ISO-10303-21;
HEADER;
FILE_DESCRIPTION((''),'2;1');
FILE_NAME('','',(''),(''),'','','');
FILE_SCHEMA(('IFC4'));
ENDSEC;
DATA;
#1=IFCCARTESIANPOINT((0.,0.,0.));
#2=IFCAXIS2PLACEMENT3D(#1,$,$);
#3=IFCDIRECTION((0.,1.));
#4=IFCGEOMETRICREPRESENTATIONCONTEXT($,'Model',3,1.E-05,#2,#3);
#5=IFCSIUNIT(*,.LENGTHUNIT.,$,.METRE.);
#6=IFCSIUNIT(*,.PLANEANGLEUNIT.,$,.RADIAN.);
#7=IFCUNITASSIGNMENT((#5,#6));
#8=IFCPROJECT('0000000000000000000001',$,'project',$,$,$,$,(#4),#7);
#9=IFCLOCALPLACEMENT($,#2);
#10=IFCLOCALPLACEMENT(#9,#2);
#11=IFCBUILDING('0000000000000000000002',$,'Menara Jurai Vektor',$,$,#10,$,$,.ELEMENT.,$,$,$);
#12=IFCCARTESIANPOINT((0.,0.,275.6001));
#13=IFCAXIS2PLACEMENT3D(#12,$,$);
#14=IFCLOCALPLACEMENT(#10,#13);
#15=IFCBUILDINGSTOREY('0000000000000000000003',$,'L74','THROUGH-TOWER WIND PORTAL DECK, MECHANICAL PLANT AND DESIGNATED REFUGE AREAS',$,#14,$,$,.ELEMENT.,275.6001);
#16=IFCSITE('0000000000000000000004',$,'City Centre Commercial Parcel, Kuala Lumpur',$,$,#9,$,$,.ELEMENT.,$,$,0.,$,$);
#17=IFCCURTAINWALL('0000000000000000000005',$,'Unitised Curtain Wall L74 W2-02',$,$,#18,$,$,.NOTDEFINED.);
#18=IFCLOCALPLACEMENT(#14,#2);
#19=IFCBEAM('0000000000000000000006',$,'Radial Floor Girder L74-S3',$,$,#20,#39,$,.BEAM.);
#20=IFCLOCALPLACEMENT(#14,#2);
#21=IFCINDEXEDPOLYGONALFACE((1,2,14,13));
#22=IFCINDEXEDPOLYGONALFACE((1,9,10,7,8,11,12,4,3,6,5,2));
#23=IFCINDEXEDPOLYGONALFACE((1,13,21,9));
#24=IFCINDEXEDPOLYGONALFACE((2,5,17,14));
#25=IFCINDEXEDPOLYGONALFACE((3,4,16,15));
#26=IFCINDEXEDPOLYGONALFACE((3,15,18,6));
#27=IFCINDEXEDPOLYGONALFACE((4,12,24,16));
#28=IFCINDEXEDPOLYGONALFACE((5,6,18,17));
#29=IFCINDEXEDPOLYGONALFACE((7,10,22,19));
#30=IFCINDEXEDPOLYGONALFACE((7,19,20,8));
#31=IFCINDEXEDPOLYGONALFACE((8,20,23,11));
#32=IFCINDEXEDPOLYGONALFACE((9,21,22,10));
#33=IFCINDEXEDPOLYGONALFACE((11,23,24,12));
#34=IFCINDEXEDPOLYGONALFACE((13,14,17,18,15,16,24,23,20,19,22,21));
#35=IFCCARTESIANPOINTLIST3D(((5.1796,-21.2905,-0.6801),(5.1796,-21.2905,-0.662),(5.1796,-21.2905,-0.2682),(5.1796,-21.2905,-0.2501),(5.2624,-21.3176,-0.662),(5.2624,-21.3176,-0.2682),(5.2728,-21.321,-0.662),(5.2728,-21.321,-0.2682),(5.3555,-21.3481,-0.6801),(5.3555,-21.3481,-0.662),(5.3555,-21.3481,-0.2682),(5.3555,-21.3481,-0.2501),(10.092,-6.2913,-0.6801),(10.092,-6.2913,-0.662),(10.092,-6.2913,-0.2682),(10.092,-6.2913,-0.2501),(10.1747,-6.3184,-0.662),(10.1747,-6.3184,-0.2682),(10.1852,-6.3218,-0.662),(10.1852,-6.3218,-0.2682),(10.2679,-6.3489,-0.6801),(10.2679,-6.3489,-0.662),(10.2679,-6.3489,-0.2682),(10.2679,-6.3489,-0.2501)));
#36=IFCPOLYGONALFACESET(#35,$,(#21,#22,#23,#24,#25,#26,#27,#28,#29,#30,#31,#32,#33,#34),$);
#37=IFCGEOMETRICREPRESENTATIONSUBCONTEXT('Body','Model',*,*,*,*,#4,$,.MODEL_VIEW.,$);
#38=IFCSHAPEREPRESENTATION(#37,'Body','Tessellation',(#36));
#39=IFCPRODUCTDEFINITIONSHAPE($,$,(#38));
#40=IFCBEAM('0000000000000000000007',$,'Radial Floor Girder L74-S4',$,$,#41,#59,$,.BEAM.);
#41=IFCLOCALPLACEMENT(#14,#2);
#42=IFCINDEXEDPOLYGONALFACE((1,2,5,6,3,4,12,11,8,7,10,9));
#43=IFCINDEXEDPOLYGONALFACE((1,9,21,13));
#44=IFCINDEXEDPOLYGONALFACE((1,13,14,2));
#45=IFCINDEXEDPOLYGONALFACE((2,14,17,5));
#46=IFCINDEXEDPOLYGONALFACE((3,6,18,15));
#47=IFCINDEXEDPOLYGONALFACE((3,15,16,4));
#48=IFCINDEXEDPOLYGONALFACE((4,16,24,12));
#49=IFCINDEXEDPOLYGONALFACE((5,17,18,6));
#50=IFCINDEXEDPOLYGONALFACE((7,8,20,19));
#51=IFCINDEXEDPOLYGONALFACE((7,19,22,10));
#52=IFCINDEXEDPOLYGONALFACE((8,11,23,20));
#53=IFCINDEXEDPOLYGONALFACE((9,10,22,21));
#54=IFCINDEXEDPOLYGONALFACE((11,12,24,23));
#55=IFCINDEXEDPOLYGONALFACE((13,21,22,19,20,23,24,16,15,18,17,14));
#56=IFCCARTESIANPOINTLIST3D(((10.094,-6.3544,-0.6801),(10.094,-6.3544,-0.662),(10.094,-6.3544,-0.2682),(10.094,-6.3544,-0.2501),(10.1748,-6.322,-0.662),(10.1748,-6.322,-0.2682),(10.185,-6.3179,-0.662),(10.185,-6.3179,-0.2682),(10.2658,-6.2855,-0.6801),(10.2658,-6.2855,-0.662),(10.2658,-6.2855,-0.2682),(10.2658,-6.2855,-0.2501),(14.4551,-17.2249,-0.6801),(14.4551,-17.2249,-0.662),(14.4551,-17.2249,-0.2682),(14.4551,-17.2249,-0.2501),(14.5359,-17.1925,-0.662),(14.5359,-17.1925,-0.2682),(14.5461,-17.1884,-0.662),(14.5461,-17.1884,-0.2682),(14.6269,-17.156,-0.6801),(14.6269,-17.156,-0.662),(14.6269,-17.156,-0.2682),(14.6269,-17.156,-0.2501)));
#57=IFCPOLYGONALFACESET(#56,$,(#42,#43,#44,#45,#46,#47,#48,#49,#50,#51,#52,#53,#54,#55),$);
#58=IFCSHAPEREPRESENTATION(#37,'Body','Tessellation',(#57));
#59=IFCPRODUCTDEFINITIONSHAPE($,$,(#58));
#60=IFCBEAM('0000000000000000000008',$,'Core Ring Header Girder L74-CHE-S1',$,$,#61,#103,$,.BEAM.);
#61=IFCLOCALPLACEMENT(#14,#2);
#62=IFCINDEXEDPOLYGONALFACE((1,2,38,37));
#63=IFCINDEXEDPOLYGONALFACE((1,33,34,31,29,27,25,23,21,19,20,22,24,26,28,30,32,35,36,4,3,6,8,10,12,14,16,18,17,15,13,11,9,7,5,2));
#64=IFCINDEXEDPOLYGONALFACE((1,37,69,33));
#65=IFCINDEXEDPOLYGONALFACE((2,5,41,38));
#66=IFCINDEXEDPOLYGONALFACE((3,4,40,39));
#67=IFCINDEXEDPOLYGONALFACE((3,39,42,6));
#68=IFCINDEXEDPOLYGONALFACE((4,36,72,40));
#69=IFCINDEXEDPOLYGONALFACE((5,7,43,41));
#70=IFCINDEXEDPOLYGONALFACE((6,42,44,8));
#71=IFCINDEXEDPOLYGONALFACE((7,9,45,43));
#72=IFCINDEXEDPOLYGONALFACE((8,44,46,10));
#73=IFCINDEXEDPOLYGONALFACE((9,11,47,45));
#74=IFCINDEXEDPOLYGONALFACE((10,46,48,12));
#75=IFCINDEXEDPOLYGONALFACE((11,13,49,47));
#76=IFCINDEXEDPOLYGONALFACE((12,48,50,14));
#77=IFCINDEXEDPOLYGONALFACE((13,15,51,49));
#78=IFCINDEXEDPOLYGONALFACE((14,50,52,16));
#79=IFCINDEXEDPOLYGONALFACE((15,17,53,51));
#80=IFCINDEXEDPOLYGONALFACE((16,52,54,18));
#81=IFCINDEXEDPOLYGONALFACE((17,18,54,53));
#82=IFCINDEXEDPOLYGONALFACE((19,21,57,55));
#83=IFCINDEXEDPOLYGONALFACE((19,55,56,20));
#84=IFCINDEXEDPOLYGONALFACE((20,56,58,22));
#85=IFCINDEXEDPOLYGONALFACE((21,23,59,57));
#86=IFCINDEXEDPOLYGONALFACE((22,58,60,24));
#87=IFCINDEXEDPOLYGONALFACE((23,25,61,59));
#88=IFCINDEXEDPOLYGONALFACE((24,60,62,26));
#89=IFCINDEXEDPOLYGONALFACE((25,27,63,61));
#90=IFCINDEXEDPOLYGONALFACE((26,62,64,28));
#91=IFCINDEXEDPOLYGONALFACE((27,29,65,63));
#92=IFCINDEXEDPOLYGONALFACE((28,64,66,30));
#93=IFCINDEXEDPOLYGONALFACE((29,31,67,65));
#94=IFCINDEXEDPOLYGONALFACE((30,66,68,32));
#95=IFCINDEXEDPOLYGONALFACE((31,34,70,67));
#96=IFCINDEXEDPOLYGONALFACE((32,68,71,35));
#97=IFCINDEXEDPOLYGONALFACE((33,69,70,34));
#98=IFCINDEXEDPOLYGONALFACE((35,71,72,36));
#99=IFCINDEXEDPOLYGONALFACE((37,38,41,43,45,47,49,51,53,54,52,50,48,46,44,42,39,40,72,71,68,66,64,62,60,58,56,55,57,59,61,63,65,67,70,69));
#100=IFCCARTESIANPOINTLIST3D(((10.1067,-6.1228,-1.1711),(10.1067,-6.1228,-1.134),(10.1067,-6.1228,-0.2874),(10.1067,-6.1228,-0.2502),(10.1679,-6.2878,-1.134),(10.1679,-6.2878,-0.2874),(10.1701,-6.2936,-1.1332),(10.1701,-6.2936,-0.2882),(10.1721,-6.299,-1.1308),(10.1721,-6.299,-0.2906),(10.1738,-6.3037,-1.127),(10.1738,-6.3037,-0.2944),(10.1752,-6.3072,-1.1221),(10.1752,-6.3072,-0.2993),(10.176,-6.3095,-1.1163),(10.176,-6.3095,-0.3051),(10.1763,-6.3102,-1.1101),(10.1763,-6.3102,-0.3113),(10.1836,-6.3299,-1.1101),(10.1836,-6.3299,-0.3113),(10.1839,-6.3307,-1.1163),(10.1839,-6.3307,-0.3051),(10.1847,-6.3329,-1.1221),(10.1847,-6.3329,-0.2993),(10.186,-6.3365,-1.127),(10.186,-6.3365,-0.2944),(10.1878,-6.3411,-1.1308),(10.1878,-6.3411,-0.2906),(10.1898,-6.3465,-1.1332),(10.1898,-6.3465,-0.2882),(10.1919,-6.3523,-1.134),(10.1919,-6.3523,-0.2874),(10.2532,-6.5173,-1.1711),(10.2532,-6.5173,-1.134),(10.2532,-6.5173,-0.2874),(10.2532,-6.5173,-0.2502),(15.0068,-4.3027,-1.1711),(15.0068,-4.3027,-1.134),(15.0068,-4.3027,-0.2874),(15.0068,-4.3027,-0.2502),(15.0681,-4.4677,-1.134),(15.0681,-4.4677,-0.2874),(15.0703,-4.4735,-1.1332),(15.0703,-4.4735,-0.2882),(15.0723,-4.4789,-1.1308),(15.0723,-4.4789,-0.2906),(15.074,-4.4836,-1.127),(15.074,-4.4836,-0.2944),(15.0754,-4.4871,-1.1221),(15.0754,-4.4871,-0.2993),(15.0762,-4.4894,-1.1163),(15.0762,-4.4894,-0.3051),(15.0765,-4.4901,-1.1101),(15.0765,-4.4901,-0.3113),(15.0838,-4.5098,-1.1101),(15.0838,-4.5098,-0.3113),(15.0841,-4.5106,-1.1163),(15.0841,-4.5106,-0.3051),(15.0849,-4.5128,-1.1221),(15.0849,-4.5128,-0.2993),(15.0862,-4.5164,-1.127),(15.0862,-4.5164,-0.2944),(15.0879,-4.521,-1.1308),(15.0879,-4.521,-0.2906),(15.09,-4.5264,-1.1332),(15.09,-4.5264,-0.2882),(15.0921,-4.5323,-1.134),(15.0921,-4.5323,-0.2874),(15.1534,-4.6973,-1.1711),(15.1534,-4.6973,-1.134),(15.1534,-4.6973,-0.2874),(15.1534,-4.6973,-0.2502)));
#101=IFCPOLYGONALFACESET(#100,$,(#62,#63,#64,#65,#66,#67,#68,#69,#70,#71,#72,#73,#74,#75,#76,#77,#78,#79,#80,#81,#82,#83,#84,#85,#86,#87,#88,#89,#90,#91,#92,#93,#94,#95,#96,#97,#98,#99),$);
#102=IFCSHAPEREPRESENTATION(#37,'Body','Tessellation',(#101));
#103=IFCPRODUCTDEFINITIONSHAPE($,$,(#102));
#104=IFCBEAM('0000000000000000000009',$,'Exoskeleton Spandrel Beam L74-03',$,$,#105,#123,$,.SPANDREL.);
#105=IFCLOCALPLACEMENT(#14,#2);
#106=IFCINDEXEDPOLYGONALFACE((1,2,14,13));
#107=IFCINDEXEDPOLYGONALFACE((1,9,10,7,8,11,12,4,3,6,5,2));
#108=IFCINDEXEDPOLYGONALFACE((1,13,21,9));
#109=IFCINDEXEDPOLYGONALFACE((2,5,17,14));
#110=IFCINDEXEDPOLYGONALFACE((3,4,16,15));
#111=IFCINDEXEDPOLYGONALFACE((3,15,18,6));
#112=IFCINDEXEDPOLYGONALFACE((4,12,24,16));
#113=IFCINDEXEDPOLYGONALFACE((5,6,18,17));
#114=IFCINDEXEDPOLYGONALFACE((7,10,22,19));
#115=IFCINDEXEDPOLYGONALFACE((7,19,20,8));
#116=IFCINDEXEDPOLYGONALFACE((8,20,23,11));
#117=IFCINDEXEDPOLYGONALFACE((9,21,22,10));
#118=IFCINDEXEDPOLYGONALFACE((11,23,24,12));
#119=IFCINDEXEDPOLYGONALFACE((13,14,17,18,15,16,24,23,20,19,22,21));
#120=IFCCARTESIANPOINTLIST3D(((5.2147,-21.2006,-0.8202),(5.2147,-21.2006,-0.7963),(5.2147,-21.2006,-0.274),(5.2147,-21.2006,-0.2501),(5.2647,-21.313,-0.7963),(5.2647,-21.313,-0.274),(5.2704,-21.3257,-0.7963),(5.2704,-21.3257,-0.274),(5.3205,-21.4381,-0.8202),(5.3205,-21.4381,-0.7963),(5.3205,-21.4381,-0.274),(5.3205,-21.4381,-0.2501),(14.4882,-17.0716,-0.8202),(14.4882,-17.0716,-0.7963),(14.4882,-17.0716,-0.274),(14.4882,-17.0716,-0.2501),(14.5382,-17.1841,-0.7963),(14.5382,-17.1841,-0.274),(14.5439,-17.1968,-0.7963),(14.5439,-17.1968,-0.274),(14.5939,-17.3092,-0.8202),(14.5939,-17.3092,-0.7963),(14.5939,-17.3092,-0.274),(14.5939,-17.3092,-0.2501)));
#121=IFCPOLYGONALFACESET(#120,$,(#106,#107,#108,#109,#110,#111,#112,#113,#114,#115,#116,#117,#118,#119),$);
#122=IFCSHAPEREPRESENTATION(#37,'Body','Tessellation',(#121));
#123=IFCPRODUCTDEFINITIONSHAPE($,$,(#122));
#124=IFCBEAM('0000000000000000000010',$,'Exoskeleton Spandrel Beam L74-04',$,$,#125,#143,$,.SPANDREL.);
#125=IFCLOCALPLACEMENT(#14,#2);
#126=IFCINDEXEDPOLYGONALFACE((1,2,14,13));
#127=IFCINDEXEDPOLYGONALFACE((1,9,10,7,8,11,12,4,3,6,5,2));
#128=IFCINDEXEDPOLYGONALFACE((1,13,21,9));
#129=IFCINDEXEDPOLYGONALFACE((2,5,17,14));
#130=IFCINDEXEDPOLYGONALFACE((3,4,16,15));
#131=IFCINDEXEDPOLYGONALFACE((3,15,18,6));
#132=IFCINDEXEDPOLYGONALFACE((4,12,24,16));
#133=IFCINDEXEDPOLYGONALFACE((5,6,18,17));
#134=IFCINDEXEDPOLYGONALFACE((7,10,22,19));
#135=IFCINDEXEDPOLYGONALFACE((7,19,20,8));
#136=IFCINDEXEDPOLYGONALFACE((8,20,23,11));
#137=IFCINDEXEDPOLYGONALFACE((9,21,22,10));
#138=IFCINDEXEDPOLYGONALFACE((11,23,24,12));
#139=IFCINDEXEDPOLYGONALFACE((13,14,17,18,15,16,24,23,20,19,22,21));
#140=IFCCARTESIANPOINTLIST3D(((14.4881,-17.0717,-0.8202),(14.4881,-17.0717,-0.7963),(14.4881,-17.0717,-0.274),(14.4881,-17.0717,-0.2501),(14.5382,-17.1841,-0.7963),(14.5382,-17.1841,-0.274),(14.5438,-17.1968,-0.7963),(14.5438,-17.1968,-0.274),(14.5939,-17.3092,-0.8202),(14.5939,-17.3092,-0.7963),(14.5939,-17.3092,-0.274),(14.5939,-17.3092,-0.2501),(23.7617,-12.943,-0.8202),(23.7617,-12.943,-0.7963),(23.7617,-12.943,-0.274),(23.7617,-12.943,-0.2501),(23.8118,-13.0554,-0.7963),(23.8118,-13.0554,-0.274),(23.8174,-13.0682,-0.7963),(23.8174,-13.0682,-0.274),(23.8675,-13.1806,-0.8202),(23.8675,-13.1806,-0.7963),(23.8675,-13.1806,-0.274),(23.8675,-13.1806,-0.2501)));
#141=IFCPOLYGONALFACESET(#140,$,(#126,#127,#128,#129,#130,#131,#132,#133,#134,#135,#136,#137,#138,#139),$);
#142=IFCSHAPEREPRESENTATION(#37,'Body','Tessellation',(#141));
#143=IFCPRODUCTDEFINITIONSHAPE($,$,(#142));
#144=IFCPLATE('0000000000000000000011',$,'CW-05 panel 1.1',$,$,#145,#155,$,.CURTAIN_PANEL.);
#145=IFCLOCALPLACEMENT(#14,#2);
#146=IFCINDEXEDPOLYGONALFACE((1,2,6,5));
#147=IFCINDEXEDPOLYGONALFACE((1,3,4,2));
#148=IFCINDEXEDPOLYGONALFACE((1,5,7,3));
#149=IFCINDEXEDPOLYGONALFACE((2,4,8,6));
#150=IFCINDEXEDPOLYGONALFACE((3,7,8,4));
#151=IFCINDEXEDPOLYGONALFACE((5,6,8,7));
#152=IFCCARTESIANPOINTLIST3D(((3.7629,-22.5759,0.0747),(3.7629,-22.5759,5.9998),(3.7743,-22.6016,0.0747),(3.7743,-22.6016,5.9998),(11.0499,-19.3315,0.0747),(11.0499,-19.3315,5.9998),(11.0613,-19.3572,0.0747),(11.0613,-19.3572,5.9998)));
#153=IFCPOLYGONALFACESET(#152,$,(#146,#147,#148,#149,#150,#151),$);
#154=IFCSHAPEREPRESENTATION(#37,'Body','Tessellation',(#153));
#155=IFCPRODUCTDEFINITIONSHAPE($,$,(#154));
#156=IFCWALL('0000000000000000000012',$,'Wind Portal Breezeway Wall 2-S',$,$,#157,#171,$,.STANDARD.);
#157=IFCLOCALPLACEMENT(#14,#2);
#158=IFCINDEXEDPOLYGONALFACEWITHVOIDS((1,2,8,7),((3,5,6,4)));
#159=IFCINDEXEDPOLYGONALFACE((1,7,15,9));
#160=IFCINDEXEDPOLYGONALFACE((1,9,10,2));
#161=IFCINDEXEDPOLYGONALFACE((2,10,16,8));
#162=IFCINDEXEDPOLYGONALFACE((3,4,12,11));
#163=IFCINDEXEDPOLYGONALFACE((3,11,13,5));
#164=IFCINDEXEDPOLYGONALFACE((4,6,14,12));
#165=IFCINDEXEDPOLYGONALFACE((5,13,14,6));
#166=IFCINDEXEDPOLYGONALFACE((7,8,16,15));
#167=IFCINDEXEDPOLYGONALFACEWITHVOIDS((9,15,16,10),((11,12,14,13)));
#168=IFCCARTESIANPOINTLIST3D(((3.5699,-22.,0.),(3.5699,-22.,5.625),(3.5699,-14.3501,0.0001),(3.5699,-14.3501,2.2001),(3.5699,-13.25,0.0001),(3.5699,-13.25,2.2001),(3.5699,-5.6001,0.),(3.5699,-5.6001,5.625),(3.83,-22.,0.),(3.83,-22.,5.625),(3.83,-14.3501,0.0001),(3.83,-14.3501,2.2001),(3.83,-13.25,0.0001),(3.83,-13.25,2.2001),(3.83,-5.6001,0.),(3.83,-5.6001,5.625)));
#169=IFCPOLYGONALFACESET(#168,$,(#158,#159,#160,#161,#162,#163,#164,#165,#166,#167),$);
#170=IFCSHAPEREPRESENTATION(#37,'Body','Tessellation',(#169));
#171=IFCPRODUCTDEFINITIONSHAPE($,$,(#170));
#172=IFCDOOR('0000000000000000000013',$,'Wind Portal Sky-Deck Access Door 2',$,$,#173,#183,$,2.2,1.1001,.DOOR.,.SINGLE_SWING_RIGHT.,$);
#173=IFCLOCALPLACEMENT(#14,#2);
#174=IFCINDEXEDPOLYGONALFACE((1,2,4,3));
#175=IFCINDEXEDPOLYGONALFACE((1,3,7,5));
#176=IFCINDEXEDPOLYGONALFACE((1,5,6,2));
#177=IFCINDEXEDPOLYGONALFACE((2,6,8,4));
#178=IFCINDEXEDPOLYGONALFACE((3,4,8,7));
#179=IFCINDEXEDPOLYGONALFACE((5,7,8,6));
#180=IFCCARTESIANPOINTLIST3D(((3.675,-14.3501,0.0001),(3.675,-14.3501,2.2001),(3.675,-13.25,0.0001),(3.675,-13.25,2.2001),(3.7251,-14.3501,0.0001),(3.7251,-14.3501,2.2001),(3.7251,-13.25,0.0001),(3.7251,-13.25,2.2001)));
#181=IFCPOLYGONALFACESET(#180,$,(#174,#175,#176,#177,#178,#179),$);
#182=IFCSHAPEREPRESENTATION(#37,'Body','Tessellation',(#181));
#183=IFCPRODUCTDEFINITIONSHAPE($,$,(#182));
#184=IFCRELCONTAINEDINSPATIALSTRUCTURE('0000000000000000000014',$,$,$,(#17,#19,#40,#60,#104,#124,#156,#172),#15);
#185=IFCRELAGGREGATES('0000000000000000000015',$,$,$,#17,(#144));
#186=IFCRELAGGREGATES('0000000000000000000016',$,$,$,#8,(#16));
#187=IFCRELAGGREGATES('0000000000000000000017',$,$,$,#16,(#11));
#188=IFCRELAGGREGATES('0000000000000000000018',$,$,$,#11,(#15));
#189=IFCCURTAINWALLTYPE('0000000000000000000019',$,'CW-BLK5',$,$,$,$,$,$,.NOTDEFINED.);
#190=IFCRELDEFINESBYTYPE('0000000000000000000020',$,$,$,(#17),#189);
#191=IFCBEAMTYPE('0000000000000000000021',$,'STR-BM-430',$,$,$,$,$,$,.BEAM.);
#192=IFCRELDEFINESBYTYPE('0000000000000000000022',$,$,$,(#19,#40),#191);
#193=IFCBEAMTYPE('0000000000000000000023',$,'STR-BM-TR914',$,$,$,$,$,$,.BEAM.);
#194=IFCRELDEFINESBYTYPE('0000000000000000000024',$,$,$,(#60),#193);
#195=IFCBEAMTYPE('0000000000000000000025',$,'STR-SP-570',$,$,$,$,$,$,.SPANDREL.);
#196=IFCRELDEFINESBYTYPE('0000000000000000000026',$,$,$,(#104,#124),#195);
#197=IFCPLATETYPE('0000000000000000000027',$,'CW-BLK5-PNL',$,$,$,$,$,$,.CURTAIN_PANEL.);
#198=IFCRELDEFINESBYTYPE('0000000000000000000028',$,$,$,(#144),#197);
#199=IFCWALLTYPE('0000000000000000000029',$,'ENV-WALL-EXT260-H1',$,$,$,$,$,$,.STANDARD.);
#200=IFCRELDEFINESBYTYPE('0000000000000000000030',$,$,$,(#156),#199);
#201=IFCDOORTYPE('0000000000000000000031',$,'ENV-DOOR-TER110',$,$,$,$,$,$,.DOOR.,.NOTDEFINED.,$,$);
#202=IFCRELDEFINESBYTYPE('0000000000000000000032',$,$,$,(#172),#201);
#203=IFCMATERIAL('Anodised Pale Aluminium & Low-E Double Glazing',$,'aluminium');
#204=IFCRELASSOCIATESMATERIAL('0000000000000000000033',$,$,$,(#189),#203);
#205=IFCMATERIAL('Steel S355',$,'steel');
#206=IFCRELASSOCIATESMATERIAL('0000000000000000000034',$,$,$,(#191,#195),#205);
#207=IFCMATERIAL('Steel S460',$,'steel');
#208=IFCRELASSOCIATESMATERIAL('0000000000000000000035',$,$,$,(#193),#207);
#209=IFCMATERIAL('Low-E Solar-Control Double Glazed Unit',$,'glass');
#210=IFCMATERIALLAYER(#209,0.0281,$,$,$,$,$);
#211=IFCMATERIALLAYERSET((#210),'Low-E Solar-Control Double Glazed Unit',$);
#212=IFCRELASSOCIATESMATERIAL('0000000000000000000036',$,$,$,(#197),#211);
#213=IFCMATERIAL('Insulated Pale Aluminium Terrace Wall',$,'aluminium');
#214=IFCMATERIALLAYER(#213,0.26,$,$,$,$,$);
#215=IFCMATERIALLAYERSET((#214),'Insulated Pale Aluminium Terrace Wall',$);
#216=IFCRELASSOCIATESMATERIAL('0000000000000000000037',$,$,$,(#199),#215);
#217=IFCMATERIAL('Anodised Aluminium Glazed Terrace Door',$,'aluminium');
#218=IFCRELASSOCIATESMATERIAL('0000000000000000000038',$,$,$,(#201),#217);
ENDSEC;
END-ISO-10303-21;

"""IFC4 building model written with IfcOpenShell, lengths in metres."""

from ifc_helpers import new_model, si_unit, direction, frame, frame_2d, origin, origin_2d, place, context, subcontext, project, spatial, rectangle, i_section, extrude, material, layer, layer_set, material_profile, profile_set, type_object, element, fill, aggregate, save


model = new_model("IFC4")

# Units and contexts
model_context = context("Model", 3, precision=1e-05, world=origin(), true_north=direction((0.0, 1.0)))
body_context = subcontext(model_context, "Body", "Model", "MODEL_VIEW")
ifc_project = project(units=[si_unit("LENGTHUNIT", "METRE"), si_unit("PLANEANGLEUNIT", "RADIAN")], contexts=[model_context])

# Site, building, storey
site_placement = place(None, origin())
site = spatial("IfcSite", under=ifc_project, at=site_placement, Name="City Centre Commercial Parcel, Kuala Lumpur", CompositionType="ELEMENT", RefElevation=0.0)
building_placement = place(site_placement, origin())
building = spatial("IfcBuilding", under=site, at=building_placement, Name="Menara Jurai Vektor", CompositionType="ELEMENT")
storey_placement = place(building_placement, frame((0.0, 0.0, 275.6001)))
storey = spatial("IfcBuildingStorey", under=building, at=storey_placement, Name="L74", Description="THROUGH-TOWER WIND PORTAL DECK, MECHANICAL PLANT AND DESIGNATED REFUGE AREAS", CompositionType="ELEMENT", Elevation=275.6001)

# Shared definitions
ifc_material_1 = material(Name="Steel S460", Category="steel")

# Curtain wall
ifc_material_2 = material(Name="Anodised Pale Aluminium & Low-E Double Glazing", Category="aluminium")
curtain_wall_type = type_object("IfcCurtainWallType", Name="CW-BLK5", PredefinedType="NOTDEFINED", material=ifc_material_2)
curtain_wall_placement = place(storey_placement, origin())
curtain_wall = element("IfcCurtainWall", 1, at=curtain_wall_placement, inside=storey, type_object=curtain_wall_type, Name="Unitised Curtain Wall L74 W2-02", PredefinedType="NOTDEFINED")

# Beams
ifc_material_3 = material(Name="Steel S355", Category="steel")
ifc_material_profile_1 = material_profile(ifc_material_3, i_section(OverallWidth=0.1851, OverallDepth=0.4299, WebThickness=0.011, FlangeThickness=0.0181, at=origin_2d()), Name="PG 430x185x76")
ifc_profile_set_1 = profile_set([ifc_material_profile_1], Name="Steel S355")
beam_type_1 = type_object("IfcBeamType", Name="STR-BM-430", PredefinedType="BEAM", material=ifc_profile_set_1)
beam_1_placement = place(storey_placement, frame((5.2676, -21.3193, -0.4651), z_axis=(0.311239, 0.950332, 0.0), x_axis=(-0.950332, 0.311239, 0.0)))
element("IfcBeam", 2, at=beam_1_placement, inside=storey, type_object=beam_type_1, Name="Radial Floor Girder L74-S3", PredefinedType="BEAM", context=body_context, shape_type="SweptSolid", body=[
    extrude(i_section(OverallWidth=0.1851, OverallDepth=0.4299, WebThickness=0.011, FlangeThickness=0.0181, at=origin_2d()), origin(), (0.0, 0.0, 1.0), 15.7832),
])
beam_2_placement = place(storey_placement, frame((14.541, -17.1904, -0.4651), z_axis=(-0.372343, 0.928095, 0.0), x_axis=(-0.928095, -0.372343, 0.0)))
element("IfcBeam", 3, at=beam_2_placement, inside=storey, type_object=beam_type_1, Name="Radial Floor Girder L74-S4", PredefinedType="BEAM", context=body_context, shape_type="SweptSolid", body=[
    extrude(i_section(OverallWidth=0.1851, OverallDepth=0.4299, WebThickness=0.011, FlangeThickness=0.0181, at=origin_2d()), origin(), (0.0, 0.0, 1.0), 11.7126),
])
ifc_material_profile_2 = material_profile(ifc_material_1, i_section(OverallWidth=0.4209, OverallDepth=0.9209, WebThickness=0.021, FlangeThickness=0.0371, FilletRadius=0.0239, at=origin_2d()), Name="UKB 914x419x388")
ifc_profile_set_2 = profile_set([ifc_material_profile_2], Name="Steel S460")
beam_type_2 = type_object("IfcBeamType", Name="STR-BM-TR914", PredefinedType="BEAM", material=ifc_profile_set_2)
beam_3_placement = place(storey_placement, frame((10.1799, -6.3201, -0.7107), z_axis=(0.937424, 0.348189, 0.0), x_axis=(-0.348189, 0.937424, 0.0)))
element("IfcBeam", 4, at=beam_3_placement, inside=storey, type_object=beam_type_2, Name="Core Ring Header Girder L74-CHE-S1", PredefinedType="BEAM", context=body_context, shape_type="SweptSolid", body=[
    extrude(i_section(OverallWidth=0.4209, OverallDepth=0.9209, WebThickness=0.021, FlangeThickness=0.0371, FilletRadius=0.0239, at=origin_2d()), origin(), (0.0, 0.0, 1.0), 5.2273),
])
ifc_material_profile_3 = material_profile(ifc_material_3, i_section(OverallWidth=0.26, OverallDepth=0.5701, WebThickness=0.0139, FlangeThickness=0.0239, at=origin_2d()), Name="PG 570x260x145")
ifc_profile_set_3 = profile_set([ifc_material_profile_3], Name="Steel S355")
beam_type_3 = type_object("IfcBeamType", Name="STR-SP-570", PredefinedType="SPANDREL", material=ifc_profile_set_3)
for number, where, z_axis, x_axis, name in (
    (5, (5.2676, -21.3193, -0.5352), (0.913542, 0.406745, 0.0), (-0.406745, 0.913542, 0.0), "Exoskeleton Spandrel Beam L74-03"),
    (6, (14.541, -17.1904, -0.5352), (0.913554, 0.406716, 0.0), (-0.406716, 0.913554, 0.0), "Exoskeleton Spandrel Beam L74-04"),
):
    element("IfcBeam", number, at=place(storey_placement, frame(where, z_axis=z_axis, x_axis=x_axis)), inside=storey, type_object=beam_type_3, Name=name, PredefinedType="SPANDREL", context=body_context, shape_type="SweptSolid", body=[
        extrude(i_section(OverallWidth=0.26, OverallDepth=0.5701, WebThickness=0.0139, FlangeThickness=0.0239, at=origin_2d()), origin(), (0.0, 0.0, 1.0), 10.1511),
    ])

# Plate
ifc_material_4 = material(Name="Low-E Solar-Control Double Glazed Unit", Category="glass")
ifc_layer_1 = layer(ifc_material_4, 0.0281)
ifc_layer_set_1 = layer_set([ifc_layer_1], Name="Low-E Solar-Control Double Glazed Unit")
plate_type = type_object("IfcPlateType", Name="CW-BLK5-PNL", PredefinedType="CURTAIN_PANEL", material=ifc_layer_set_1)
plate_placement = place(storey_placement, frame((7.4121, -20.9666, 0.0747), z_axis=(0.0, 0.0, 1.0), x_axis=(0.913546, 0.406736, 0.0)))
plate = element("IfcPlate", 7, at=plate_placement, type_object=plate_type, Name="CW-05 panel 1.1", PredefinedType="CURTAIN_PANEL", context=body_context, shape_type="SweptSolid", body=[
    extrude(rectangle(XDim=7.9766, YDim=0.0281, at=origin_2d()), origin(), (0.0, 0.0, 1.0), 5.925),
])
aggregate(curtain_wall, [plate])

# Wall, opening, door
ifc_material_5 = material(Name="Insulated Pale Aluminium Terrace Wall", Category="aluminium")
ifc_layer_2 = layer(ifc_material_5, 0.26)
ifc_layer_set_2 = layer_set([ifc_layer_2], Name="Insulated Pale Aluminium Terrace Wall")
wall_type_1 = type_object("IfcWallType", Name="ENV-WALL-EXT260-H1", PredefinedType="STANDARD", material=ifc_layer_set_2)
wall_1_placement = place(storey_placement, frame((3.7, -22.0, 0.0), z_axis=(0.0, 0.0, 1.0), x_axis=(0.0, 1.0, 0.0)))
wall_1 = element("IfcWall", 8, at=wall_1_placement, inside=storey, type_object=wall_type_1, Name="Wind Portal Breezeway Wall 2-S", PredefinedType="STANDARD", context=body_context, shape_type="SweptSolid", body=[
    extrude(rectangle(XDim=16.3999, YDim=0.26, at=frame_2d((8.2, 0.0))), origin(), (0.0, 0.0, 1.0), 5.625),
])
opening_1_placement = place(wall_1_placement, frame((7.6499, 0.0, 0.0)))
opening_1 = element("IfcOpeningElement", 9, at=opening_1_placement, cuts=wall_1, PredefinedType="OPENING", context=body_context, shape_type="SweptSolid", body=[
    extrude(rectangle(XDim=1.1001, YDim=2.2, at=frame_2d((0.55, 1.1001))), frame((0.0, 0.1401, 0.0), z_axis=(0.0, -1.0, 0.0), x_axis=(1.0, 0.0, 0.0)), (0.0, 0.0, 1.0), 0.28),
])
ifc_material_6 = material(Name="Anodised Aluminium Glazed Terrace Door", Category="aluminium")
door_type_1 = type_object("IfcDoorType", Name="ENV-DOOR-TER110", OperationType="NOTDEFINED", PredefinedType="DOOR", material=ifc_material_6)
door_1_placement = place(opening_1_placement, origin())
door_1 = element("IfcDoor", 10, at=door_1_placement, inside=storey, type_object=door_type_1, Name="Wind Portal Sky-Deck Access Door 2", OperationType="SINGLE_SWING_RIGHT", OverallHeight=2.2, OverallWidth=1.1001, PredefinedType="DOOR", context=body_context, shape_type="SweptSolid", body=[
    extrude(rectangle(XDim=1.1001, YDim=2.2, at=frame_2d((0.55, 1.1001))), frame((0.0, 0.0249, 0.0), z_axis=(0.0, -1.0, 0.0), x_axis=(1.0, 0.0, 0.0)), (0.0, 0.0, 1.0), 0.05),
])
fill(opening_1, door_1)

save(model, "model.ifc")
